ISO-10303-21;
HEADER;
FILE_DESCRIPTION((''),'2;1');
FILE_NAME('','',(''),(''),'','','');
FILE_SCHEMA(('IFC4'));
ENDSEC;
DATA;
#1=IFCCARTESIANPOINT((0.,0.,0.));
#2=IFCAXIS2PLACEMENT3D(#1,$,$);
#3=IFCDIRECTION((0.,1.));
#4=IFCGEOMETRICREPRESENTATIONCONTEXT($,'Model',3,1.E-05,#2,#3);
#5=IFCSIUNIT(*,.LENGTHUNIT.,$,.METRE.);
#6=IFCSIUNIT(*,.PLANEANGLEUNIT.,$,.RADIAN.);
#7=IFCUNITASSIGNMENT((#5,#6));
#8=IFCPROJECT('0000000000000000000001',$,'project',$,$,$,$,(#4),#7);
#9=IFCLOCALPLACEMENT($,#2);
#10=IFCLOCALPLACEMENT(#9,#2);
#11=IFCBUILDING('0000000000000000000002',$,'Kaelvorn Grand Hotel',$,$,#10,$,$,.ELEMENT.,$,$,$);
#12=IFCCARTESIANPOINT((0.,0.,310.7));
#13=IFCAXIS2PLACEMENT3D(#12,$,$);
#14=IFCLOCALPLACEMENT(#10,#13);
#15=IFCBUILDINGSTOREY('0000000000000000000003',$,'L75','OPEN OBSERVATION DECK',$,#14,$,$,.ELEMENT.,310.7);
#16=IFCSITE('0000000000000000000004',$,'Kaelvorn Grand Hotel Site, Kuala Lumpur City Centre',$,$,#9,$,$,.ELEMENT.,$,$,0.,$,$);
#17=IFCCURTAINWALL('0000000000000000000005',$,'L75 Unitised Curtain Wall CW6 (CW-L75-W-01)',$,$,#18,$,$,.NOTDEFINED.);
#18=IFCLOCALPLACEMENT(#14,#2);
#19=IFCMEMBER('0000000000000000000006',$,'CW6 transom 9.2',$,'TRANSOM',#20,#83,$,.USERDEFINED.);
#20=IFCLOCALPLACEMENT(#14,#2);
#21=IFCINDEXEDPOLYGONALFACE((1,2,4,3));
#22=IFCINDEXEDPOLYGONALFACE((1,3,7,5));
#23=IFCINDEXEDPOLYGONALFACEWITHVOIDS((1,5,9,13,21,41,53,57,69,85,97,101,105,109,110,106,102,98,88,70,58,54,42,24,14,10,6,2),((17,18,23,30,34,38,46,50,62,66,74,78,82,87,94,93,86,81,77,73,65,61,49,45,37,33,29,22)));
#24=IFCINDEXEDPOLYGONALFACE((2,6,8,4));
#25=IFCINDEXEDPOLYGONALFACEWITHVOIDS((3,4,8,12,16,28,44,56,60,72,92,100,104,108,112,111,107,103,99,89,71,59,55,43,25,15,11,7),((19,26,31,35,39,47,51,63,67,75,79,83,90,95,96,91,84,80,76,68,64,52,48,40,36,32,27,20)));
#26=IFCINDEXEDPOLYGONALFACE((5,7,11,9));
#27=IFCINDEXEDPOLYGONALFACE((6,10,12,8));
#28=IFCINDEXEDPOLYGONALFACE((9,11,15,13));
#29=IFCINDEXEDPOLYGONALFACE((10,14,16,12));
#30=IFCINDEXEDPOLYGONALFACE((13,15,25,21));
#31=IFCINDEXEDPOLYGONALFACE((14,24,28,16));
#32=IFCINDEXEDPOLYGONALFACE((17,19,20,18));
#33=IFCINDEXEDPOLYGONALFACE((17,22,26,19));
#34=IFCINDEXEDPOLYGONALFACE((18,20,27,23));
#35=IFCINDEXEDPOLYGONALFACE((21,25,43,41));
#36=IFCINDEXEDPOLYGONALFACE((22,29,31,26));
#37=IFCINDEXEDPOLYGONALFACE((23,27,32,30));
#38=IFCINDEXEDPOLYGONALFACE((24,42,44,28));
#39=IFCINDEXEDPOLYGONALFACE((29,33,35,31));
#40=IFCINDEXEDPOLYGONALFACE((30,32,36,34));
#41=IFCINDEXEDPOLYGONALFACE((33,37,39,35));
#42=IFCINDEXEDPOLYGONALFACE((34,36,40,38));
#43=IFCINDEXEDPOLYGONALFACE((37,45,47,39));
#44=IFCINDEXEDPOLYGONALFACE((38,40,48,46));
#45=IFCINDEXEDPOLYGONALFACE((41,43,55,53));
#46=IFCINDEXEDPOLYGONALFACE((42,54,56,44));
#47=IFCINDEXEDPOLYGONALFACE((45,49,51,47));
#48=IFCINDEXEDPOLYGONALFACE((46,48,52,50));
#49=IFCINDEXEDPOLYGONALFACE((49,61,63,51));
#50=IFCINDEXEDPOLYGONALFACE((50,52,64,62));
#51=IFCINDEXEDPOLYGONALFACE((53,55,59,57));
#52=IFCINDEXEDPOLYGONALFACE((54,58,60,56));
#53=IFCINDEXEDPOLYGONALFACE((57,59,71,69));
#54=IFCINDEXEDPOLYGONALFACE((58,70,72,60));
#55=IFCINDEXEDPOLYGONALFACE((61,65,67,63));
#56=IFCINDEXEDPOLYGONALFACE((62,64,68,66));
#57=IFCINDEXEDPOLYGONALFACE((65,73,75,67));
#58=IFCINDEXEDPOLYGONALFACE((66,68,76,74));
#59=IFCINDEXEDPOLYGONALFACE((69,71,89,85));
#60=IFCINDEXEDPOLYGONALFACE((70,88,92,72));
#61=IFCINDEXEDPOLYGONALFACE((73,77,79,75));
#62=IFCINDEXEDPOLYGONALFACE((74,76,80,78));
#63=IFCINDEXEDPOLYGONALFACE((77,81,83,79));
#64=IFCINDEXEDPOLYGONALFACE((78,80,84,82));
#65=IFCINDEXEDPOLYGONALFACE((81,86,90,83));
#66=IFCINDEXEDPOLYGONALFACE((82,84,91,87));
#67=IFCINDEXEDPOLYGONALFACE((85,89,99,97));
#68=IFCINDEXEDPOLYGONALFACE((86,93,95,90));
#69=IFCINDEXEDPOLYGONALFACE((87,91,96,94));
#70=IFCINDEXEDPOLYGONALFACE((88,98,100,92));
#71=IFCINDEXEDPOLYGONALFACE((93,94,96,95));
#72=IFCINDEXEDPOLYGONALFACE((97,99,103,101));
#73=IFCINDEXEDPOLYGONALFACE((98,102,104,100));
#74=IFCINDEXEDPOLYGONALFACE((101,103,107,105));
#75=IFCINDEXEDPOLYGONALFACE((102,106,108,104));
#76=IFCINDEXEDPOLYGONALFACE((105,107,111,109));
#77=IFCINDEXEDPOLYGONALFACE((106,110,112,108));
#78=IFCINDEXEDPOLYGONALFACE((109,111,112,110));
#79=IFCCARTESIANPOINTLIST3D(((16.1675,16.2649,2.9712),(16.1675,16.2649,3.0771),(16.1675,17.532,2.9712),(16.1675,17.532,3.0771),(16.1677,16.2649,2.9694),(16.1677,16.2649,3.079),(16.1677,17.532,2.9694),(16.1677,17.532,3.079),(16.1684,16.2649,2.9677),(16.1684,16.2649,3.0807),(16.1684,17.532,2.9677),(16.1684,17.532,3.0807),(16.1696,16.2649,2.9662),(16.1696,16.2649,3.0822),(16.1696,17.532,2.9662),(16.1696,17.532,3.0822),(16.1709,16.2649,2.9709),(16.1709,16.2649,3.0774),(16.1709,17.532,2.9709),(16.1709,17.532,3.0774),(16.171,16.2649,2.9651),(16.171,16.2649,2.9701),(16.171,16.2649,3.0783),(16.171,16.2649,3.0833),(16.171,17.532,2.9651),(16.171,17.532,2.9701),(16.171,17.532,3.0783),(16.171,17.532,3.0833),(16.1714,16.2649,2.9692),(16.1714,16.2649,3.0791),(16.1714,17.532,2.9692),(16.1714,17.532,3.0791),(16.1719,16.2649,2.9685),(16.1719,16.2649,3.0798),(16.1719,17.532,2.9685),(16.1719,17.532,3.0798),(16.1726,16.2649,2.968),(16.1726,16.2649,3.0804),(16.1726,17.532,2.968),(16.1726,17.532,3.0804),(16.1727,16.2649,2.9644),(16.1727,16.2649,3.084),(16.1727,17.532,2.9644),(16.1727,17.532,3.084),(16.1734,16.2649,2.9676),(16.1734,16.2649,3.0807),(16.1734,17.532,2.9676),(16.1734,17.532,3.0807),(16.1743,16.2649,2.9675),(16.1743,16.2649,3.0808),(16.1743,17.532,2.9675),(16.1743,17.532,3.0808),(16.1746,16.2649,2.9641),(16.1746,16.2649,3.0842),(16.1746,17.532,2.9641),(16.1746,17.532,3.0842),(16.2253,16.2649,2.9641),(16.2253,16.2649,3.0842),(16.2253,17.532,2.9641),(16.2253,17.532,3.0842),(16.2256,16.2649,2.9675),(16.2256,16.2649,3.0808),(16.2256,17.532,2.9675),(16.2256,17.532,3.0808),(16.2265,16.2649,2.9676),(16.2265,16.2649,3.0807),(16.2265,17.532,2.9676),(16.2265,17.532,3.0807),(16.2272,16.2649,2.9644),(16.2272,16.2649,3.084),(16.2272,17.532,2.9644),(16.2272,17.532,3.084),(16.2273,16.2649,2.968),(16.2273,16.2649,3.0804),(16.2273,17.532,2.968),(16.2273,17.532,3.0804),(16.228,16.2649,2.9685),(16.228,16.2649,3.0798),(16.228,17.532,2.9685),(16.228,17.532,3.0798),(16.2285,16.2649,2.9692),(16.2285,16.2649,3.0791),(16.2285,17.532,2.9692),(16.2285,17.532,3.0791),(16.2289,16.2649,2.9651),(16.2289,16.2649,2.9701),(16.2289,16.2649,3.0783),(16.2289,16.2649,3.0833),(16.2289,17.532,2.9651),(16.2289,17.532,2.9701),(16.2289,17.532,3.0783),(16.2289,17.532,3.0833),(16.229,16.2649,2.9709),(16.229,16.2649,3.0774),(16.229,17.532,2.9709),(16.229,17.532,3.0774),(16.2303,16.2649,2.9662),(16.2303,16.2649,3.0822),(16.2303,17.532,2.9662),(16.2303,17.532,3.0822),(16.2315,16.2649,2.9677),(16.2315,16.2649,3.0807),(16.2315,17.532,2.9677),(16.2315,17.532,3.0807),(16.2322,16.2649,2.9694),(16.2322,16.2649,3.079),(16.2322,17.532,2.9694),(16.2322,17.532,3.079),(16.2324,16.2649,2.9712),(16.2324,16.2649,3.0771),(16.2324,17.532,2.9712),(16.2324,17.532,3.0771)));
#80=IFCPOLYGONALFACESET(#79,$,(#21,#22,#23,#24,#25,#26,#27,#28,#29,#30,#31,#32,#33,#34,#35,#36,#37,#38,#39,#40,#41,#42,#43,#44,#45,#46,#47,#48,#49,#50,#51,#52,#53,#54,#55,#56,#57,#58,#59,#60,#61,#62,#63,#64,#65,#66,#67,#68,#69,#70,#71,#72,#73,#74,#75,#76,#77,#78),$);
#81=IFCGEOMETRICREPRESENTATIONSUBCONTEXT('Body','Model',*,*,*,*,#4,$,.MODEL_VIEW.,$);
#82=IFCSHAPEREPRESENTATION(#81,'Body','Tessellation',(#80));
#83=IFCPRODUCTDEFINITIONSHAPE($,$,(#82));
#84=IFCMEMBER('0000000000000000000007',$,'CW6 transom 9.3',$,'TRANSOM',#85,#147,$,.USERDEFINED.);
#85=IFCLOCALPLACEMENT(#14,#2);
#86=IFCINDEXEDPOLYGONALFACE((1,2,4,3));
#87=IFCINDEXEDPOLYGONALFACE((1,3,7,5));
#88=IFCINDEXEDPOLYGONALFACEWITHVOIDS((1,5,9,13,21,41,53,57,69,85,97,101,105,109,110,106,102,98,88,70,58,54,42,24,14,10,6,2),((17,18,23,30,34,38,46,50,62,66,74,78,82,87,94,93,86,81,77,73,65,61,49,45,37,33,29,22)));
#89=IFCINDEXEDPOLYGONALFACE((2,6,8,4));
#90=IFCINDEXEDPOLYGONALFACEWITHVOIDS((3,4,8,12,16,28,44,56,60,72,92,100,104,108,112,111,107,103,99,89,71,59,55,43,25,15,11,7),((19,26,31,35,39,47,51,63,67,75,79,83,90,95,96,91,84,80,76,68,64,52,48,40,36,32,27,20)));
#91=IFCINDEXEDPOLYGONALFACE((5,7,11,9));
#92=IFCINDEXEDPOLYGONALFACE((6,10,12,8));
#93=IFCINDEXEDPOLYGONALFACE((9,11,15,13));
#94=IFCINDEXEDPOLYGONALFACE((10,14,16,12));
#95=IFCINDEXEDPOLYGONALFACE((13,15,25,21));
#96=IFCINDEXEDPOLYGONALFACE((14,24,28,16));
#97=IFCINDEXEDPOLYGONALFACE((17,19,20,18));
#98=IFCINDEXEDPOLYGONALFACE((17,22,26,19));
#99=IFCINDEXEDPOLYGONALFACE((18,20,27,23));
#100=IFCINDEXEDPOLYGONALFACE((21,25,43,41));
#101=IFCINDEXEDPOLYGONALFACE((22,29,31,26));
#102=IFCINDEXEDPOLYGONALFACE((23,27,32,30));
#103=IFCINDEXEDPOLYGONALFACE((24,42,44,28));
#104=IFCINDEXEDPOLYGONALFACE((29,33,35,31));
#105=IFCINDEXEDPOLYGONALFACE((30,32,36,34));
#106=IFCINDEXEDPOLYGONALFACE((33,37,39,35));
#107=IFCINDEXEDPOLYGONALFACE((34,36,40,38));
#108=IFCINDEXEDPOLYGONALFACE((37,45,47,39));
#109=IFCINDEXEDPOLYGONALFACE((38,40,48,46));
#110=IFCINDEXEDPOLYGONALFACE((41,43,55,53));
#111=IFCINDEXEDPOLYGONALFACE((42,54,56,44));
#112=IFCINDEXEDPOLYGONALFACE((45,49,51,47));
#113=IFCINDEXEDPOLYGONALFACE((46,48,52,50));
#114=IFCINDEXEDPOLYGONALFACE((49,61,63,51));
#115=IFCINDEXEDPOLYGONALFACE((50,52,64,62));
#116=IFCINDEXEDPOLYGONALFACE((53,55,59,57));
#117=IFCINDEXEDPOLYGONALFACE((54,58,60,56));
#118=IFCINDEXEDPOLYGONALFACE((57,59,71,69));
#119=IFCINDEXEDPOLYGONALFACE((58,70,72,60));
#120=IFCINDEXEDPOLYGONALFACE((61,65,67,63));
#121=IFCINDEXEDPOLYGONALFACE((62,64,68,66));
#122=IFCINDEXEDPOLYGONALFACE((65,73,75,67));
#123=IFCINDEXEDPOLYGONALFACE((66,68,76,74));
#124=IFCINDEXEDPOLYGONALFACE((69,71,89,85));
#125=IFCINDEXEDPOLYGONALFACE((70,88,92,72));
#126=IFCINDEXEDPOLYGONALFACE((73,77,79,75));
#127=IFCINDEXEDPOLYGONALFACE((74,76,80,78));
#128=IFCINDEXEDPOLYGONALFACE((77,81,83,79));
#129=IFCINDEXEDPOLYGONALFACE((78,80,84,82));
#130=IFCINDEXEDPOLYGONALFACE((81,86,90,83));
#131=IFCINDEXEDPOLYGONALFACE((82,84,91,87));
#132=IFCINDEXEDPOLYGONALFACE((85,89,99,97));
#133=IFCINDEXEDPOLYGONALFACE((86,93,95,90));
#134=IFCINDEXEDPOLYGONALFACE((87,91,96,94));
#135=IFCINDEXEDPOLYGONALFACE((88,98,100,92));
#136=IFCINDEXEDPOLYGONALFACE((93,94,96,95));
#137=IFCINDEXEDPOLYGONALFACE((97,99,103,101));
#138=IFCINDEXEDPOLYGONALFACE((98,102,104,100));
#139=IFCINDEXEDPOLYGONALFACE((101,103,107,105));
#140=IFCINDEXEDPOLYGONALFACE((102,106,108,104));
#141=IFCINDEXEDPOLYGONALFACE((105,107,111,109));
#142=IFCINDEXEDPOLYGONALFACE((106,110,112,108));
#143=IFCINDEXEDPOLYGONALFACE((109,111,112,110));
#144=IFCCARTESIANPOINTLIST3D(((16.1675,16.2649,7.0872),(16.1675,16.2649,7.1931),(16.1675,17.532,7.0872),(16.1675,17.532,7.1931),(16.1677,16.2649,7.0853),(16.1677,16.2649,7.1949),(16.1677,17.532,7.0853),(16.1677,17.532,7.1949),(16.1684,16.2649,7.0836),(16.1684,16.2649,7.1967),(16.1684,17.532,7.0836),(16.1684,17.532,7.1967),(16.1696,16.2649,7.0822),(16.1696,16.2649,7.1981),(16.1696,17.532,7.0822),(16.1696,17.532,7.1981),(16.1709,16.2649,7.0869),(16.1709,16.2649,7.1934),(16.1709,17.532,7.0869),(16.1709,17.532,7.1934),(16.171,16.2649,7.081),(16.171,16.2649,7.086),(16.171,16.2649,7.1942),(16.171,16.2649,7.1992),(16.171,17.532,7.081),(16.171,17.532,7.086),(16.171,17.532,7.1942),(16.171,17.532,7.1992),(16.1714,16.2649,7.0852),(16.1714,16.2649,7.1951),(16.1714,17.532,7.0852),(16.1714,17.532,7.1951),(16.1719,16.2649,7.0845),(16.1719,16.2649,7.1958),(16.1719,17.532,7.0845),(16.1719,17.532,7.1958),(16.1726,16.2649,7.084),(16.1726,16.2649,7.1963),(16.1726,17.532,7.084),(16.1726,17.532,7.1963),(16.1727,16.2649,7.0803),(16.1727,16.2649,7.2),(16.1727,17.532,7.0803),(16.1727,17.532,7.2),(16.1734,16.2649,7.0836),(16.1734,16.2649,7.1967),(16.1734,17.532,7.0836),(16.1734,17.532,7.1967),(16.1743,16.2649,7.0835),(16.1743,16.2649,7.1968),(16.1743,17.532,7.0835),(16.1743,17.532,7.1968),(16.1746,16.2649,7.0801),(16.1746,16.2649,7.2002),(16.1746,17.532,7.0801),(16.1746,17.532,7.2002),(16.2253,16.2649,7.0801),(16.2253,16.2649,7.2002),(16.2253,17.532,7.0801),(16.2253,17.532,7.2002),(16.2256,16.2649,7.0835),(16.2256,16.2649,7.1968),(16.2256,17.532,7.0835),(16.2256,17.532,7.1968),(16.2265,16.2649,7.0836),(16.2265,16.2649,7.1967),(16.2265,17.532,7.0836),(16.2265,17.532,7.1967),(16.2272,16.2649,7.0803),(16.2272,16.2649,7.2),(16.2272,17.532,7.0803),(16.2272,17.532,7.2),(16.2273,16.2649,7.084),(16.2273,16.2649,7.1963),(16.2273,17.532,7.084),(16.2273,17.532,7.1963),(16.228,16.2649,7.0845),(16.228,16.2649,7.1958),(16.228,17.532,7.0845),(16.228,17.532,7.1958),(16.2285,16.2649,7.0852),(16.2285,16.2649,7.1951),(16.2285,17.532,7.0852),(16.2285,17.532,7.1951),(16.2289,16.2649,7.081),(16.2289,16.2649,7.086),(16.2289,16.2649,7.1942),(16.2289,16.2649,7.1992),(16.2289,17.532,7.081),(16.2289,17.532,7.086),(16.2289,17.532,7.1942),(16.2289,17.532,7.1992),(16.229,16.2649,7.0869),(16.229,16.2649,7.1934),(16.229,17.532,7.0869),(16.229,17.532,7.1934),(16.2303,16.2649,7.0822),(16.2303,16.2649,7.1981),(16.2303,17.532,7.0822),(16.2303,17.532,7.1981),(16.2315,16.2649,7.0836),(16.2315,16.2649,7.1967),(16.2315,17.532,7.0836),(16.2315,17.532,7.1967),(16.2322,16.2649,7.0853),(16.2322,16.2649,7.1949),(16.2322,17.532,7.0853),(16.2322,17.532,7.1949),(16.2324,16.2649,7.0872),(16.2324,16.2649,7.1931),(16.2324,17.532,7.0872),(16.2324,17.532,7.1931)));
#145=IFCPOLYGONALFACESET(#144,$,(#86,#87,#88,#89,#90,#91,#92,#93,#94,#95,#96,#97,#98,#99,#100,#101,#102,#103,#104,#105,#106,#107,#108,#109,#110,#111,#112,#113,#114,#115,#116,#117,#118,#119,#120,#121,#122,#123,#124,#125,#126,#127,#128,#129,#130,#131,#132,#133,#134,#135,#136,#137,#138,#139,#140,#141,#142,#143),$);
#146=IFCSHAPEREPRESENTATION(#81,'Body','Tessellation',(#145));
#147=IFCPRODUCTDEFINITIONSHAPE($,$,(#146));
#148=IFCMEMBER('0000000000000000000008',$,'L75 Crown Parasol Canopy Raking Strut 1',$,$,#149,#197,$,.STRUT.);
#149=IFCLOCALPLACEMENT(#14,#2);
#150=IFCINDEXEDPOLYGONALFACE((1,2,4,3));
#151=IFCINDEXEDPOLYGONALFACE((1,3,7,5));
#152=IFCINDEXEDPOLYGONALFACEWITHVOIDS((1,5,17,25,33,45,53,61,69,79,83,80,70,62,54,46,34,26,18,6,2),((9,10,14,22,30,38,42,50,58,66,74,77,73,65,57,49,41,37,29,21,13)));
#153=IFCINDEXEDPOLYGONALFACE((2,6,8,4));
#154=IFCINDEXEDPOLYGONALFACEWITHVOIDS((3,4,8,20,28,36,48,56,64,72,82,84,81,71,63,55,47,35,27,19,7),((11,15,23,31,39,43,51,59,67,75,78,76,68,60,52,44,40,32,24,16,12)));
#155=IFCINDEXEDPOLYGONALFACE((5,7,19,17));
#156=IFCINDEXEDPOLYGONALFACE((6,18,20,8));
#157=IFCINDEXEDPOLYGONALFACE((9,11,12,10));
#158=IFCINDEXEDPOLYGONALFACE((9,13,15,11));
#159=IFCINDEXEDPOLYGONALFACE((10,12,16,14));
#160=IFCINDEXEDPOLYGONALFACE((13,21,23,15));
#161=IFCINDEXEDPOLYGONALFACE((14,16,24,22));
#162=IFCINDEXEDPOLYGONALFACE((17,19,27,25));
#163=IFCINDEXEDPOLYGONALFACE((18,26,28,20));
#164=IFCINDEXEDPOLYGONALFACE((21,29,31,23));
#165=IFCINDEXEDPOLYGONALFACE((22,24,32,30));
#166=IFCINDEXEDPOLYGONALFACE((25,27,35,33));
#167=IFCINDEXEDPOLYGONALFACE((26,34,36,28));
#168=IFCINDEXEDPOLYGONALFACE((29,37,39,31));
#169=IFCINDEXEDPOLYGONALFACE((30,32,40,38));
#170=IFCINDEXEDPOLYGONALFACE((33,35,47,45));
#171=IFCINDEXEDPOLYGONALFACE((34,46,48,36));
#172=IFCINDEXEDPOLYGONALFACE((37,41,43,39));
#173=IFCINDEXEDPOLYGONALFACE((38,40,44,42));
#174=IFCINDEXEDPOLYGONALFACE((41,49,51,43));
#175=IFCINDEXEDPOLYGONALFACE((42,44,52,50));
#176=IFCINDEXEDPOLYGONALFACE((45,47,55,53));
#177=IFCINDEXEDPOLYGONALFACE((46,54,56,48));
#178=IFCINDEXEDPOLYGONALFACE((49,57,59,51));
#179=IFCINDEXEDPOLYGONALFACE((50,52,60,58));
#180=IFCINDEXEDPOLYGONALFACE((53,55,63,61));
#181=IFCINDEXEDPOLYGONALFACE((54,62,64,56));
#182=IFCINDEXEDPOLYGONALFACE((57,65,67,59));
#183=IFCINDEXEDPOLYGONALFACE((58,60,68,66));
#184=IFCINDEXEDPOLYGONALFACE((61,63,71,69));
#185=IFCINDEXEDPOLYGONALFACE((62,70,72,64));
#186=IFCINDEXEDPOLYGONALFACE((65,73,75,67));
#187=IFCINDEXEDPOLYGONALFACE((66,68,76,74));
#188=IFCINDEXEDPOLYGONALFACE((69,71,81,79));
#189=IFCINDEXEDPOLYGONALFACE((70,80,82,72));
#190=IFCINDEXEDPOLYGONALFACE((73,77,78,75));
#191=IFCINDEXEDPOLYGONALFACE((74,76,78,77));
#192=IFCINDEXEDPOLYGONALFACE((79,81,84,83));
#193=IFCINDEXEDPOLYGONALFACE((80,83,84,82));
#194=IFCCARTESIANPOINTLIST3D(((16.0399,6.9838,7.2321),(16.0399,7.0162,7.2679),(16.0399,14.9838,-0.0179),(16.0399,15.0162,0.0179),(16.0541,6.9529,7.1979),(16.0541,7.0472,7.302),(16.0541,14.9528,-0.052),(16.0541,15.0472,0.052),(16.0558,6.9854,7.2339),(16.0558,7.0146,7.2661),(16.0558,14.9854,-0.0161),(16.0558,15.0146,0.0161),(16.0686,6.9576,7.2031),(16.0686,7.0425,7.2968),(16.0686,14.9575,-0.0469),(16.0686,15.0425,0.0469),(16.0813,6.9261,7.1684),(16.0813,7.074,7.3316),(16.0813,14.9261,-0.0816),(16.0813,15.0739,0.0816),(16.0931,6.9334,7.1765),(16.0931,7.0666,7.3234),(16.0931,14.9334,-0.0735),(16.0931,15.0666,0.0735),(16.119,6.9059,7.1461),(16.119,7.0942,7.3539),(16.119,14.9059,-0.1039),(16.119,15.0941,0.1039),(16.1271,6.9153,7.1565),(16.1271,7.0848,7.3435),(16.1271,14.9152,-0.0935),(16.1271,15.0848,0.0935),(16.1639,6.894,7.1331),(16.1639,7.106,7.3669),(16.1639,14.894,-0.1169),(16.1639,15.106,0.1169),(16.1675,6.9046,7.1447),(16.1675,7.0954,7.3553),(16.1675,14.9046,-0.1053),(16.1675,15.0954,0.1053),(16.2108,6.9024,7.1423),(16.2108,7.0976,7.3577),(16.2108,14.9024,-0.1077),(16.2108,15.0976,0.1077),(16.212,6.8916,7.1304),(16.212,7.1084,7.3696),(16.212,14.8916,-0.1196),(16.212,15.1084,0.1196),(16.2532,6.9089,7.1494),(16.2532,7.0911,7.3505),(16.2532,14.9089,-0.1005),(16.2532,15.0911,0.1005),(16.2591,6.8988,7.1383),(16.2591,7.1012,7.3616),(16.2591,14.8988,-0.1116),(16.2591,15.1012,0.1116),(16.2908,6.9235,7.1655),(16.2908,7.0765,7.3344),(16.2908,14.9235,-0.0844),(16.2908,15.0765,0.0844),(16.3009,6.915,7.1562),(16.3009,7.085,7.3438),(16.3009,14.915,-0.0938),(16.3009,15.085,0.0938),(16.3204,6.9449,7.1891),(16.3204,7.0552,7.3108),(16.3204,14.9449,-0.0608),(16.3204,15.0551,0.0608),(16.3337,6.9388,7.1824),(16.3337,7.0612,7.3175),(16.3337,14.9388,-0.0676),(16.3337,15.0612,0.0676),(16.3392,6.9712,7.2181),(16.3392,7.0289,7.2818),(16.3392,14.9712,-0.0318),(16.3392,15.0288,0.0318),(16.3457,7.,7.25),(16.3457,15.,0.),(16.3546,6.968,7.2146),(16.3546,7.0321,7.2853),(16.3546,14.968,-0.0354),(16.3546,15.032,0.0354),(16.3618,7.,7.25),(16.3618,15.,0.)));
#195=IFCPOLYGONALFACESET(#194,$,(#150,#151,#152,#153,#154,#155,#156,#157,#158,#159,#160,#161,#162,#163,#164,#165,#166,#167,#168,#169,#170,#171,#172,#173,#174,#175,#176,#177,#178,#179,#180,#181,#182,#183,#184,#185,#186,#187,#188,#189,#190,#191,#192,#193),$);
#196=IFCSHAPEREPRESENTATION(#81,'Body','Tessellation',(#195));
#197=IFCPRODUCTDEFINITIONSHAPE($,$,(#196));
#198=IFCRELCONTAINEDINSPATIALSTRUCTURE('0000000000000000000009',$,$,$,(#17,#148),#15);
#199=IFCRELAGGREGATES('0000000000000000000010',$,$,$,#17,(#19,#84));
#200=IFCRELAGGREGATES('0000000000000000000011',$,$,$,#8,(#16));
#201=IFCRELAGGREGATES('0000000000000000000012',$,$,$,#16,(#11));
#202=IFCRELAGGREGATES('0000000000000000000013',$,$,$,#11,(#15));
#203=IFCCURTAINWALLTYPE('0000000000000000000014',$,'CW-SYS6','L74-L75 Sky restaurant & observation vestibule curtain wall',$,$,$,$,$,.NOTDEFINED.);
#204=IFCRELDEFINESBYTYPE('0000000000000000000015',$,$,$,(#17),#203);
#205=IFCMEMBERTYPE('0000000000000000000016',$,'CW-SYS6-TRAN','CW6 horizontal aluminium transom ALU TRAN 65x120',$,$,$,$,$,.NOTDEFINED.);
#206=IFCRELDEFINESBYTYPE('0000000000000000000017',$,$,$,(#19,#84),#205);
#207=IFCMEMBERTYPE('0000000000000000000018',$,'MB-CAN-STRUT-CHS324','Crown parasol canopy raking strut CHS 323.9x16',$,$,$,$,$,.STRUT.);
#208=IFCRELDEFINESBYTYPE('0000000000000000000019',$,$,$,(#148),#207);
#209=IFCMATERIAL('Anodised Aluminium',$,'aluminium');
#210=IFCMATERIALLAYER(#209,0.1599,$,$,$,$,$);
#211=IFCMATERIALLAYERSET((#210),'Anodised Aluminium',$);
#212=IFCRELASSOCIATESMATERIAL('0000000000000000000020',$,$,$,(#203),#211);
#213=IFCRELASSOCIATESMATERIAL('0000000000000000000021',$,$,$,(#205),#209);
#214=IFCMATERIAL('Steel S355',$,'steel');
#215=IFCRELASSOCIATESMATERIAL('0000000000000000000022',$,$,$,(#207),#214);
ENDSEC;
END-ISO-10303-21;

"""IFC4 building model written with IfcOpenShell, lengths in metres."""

from ifc_helpers import new_model, si_unit, direction, frame, origin, origin_2d, place, context, subcontext, project, spatial, hollow_rectangle, hollow_circle, extrude, material, layer, layer_set, material_profile, profile_set, type_object, element, aggregate, save


model = new_model("IFC4")

# Units and contexts
model_context = context("Model", 3, precision=1e-05, world=origin(), true_north=direction((0.0, 1.0)))
body_context = subcontext(model_context, "Body", "Model", "MODEL_VIEW")
ifc_project = project(units=[si_unit("LENGTHUNIT", "METRE"), si_unit("PLANEANGLEUNIT", "RADIAN")], contexts=[model_context])

# Site, building, storey
site_placement = place(None, origin())
site = spatial("IfcSite", under=ifc_project, at=site_placement, Name="Kaelvorn Grand Hotel Site, Kuala Lumpur City Centre", CompositionType="ELEMENT", RefElevation=0.0)
building_placement = place(site_placement, origin())
building = spatial("IfcBuilding", under=site, at=building_placement, Name="Kaelvorn Grand Hotel", CompositionType="ELEMENT")
storey_placement = place(building_placement, frame((0.0, 0.0, 310.7)))
storey = spatial("IfcBuildingStorey", under=building, at=storey_placement, Name="L75", Description="OPEN OBSERVATION DECK", CompositionType="ELEMENT", Elevation=310.7)

# Shared definitions
ifc_material_1 = material(Name="Steel S355", Category="steel")

# Curtain wall, members
ifc_material_2 = material(Name="Anodised Aluminium", Category="aluminium")
ifc_layer_1 = layer(ifc_material_2, 0.1599)
ifc_layer_set_1 = layer_set([ifc_layer_1], Name="Anodised Aluminium")
curtain_wall_type = type_object("IfcCurtainWallType", Name="CW-SYS6", Description="L74-L75 Sky restaurant & observation vestibule curtain wall", PredefinedType="NOTDEFINED", material=ifc_layer_set_1)
curtain_wall_placement = place(storey_placement, origin())
curtain_wall = element("IfcCurtainWall", 1, at=curtain_wall_placement, inside=storey, type_object=curtain_wall_type, Name="L75 Unitised Curtain Wall CW6 (CW-L75-W-01)", PredefinedType="NOTDEFINED")
ifc_material_profile_1 = material_profile(ifc_material_2, hollow_rectangle(XDim=0.0649, YDim=0.1201, WallThickness=0.0034, InnerFilletRadius=0.0034, OuterFilletRadius=0.0071, at=origin_2d()), Name="ALU TRAN 65x120")
ifc_profile_set_1 = profile_set([ifc_material_profile_1], Name="Anodised Aluminium")
member_type_1 = type_object("IfcMemberType", Name="CW-SYS6-TRAN", Description="CW6 horizontal aluminium transom ALU TRAN 65x120", PredefinedType="NOTDEFINED", material=ifc_profile_set_1)
member_1_placement = place(storey_placement, frame((16.2, 17.532, 3.0242), z_axis=(0.0, -1.0, 0.0), x_axis=(1.0, 0.0, 0.0)))
member_1 = element("IfcMember", 2, at=member_1_placement, type_object=member_type_1, Name="CW6 transom 9.2", ObjectType="TRANSOM", PredefinedType="USERDEFINED", context=body_context, shape_type="SweptSolid", body=[
    extrude(hollow_rectangle(XDim=0.0649, YDim=0.1201, WallThickness=0.0034, InnerFilletRadius=0.0034, OuterFilletRadius=0.0071, at=origin_2d()), origin(), (0.0, 0.0, 1.0), 1.2671),
])
member_2_placement = place(storey_placement, frame((16.2, 17.532, 7.1401), z_axis=(0.0, -1.0, 0.0), x_axis=(1.0, 0.0, 0.0)))
member_2 = element("IfcMember", 3, at=member_2_placement, type_object=member_type_1, Name="CW6 transom 9.3", ObjectType="TRANSOM", PredefinedType="USERDEFINED", context=body_context, shape_type="SweptSolid", body=[
    extrude(hollow_rectangle(XDim=0.0649, YDim=0.1201, WallThickness=0.0034, InnerFilletRadius=0.0034, OuterFilletRadius=0.0071, at=origin_2d()), origin(), (0.0, 0.0, 1.0), 1.2671),
])

# Member
ifc_material_profile_2 = material_profile(ifc_material_1, hollow_circle(Radius=0.1619, WallThickness=0.0161, at=origin_2d()), Name="CHS 323.9x16.0")
ifc_profile_set_2 = profile_set([ifc_material_profile_2], Name="Steel S355")
member_type_2 = type_object("IfcMemberType", Name="MB-CAN-STRUT-CHS324", Description="Crown parasol canopy raking strut CHS 323.9x16", PredefinedType="STRUT", material=ifc_profile_set_2)
member_3_placement = place(storey_placement, frame((16.2, 15.0, 0.0), z_axis=(0.0, -0.740987, 0.671519), x_axis=(1.0, 0.0, 0.0)))
element("IfcMember", 4, at=member_3_placement, inside=storey, type_object=member_type_2, Name="L75 Crown Parasol Canopy Raking Strut 1", PredefinedType="STRUT", context=body_context, shape_type="SweptSolid", body=[
    extrude(hollow_circle(Radius=0.1619, WallThickness=0.0161, at=origin_2d()), origin(), (0.0, 0.0, 1.0), 10.7964),
])

aggregate(curtain_wall, [member_1, member_2])

save(model, "model.ifc")
